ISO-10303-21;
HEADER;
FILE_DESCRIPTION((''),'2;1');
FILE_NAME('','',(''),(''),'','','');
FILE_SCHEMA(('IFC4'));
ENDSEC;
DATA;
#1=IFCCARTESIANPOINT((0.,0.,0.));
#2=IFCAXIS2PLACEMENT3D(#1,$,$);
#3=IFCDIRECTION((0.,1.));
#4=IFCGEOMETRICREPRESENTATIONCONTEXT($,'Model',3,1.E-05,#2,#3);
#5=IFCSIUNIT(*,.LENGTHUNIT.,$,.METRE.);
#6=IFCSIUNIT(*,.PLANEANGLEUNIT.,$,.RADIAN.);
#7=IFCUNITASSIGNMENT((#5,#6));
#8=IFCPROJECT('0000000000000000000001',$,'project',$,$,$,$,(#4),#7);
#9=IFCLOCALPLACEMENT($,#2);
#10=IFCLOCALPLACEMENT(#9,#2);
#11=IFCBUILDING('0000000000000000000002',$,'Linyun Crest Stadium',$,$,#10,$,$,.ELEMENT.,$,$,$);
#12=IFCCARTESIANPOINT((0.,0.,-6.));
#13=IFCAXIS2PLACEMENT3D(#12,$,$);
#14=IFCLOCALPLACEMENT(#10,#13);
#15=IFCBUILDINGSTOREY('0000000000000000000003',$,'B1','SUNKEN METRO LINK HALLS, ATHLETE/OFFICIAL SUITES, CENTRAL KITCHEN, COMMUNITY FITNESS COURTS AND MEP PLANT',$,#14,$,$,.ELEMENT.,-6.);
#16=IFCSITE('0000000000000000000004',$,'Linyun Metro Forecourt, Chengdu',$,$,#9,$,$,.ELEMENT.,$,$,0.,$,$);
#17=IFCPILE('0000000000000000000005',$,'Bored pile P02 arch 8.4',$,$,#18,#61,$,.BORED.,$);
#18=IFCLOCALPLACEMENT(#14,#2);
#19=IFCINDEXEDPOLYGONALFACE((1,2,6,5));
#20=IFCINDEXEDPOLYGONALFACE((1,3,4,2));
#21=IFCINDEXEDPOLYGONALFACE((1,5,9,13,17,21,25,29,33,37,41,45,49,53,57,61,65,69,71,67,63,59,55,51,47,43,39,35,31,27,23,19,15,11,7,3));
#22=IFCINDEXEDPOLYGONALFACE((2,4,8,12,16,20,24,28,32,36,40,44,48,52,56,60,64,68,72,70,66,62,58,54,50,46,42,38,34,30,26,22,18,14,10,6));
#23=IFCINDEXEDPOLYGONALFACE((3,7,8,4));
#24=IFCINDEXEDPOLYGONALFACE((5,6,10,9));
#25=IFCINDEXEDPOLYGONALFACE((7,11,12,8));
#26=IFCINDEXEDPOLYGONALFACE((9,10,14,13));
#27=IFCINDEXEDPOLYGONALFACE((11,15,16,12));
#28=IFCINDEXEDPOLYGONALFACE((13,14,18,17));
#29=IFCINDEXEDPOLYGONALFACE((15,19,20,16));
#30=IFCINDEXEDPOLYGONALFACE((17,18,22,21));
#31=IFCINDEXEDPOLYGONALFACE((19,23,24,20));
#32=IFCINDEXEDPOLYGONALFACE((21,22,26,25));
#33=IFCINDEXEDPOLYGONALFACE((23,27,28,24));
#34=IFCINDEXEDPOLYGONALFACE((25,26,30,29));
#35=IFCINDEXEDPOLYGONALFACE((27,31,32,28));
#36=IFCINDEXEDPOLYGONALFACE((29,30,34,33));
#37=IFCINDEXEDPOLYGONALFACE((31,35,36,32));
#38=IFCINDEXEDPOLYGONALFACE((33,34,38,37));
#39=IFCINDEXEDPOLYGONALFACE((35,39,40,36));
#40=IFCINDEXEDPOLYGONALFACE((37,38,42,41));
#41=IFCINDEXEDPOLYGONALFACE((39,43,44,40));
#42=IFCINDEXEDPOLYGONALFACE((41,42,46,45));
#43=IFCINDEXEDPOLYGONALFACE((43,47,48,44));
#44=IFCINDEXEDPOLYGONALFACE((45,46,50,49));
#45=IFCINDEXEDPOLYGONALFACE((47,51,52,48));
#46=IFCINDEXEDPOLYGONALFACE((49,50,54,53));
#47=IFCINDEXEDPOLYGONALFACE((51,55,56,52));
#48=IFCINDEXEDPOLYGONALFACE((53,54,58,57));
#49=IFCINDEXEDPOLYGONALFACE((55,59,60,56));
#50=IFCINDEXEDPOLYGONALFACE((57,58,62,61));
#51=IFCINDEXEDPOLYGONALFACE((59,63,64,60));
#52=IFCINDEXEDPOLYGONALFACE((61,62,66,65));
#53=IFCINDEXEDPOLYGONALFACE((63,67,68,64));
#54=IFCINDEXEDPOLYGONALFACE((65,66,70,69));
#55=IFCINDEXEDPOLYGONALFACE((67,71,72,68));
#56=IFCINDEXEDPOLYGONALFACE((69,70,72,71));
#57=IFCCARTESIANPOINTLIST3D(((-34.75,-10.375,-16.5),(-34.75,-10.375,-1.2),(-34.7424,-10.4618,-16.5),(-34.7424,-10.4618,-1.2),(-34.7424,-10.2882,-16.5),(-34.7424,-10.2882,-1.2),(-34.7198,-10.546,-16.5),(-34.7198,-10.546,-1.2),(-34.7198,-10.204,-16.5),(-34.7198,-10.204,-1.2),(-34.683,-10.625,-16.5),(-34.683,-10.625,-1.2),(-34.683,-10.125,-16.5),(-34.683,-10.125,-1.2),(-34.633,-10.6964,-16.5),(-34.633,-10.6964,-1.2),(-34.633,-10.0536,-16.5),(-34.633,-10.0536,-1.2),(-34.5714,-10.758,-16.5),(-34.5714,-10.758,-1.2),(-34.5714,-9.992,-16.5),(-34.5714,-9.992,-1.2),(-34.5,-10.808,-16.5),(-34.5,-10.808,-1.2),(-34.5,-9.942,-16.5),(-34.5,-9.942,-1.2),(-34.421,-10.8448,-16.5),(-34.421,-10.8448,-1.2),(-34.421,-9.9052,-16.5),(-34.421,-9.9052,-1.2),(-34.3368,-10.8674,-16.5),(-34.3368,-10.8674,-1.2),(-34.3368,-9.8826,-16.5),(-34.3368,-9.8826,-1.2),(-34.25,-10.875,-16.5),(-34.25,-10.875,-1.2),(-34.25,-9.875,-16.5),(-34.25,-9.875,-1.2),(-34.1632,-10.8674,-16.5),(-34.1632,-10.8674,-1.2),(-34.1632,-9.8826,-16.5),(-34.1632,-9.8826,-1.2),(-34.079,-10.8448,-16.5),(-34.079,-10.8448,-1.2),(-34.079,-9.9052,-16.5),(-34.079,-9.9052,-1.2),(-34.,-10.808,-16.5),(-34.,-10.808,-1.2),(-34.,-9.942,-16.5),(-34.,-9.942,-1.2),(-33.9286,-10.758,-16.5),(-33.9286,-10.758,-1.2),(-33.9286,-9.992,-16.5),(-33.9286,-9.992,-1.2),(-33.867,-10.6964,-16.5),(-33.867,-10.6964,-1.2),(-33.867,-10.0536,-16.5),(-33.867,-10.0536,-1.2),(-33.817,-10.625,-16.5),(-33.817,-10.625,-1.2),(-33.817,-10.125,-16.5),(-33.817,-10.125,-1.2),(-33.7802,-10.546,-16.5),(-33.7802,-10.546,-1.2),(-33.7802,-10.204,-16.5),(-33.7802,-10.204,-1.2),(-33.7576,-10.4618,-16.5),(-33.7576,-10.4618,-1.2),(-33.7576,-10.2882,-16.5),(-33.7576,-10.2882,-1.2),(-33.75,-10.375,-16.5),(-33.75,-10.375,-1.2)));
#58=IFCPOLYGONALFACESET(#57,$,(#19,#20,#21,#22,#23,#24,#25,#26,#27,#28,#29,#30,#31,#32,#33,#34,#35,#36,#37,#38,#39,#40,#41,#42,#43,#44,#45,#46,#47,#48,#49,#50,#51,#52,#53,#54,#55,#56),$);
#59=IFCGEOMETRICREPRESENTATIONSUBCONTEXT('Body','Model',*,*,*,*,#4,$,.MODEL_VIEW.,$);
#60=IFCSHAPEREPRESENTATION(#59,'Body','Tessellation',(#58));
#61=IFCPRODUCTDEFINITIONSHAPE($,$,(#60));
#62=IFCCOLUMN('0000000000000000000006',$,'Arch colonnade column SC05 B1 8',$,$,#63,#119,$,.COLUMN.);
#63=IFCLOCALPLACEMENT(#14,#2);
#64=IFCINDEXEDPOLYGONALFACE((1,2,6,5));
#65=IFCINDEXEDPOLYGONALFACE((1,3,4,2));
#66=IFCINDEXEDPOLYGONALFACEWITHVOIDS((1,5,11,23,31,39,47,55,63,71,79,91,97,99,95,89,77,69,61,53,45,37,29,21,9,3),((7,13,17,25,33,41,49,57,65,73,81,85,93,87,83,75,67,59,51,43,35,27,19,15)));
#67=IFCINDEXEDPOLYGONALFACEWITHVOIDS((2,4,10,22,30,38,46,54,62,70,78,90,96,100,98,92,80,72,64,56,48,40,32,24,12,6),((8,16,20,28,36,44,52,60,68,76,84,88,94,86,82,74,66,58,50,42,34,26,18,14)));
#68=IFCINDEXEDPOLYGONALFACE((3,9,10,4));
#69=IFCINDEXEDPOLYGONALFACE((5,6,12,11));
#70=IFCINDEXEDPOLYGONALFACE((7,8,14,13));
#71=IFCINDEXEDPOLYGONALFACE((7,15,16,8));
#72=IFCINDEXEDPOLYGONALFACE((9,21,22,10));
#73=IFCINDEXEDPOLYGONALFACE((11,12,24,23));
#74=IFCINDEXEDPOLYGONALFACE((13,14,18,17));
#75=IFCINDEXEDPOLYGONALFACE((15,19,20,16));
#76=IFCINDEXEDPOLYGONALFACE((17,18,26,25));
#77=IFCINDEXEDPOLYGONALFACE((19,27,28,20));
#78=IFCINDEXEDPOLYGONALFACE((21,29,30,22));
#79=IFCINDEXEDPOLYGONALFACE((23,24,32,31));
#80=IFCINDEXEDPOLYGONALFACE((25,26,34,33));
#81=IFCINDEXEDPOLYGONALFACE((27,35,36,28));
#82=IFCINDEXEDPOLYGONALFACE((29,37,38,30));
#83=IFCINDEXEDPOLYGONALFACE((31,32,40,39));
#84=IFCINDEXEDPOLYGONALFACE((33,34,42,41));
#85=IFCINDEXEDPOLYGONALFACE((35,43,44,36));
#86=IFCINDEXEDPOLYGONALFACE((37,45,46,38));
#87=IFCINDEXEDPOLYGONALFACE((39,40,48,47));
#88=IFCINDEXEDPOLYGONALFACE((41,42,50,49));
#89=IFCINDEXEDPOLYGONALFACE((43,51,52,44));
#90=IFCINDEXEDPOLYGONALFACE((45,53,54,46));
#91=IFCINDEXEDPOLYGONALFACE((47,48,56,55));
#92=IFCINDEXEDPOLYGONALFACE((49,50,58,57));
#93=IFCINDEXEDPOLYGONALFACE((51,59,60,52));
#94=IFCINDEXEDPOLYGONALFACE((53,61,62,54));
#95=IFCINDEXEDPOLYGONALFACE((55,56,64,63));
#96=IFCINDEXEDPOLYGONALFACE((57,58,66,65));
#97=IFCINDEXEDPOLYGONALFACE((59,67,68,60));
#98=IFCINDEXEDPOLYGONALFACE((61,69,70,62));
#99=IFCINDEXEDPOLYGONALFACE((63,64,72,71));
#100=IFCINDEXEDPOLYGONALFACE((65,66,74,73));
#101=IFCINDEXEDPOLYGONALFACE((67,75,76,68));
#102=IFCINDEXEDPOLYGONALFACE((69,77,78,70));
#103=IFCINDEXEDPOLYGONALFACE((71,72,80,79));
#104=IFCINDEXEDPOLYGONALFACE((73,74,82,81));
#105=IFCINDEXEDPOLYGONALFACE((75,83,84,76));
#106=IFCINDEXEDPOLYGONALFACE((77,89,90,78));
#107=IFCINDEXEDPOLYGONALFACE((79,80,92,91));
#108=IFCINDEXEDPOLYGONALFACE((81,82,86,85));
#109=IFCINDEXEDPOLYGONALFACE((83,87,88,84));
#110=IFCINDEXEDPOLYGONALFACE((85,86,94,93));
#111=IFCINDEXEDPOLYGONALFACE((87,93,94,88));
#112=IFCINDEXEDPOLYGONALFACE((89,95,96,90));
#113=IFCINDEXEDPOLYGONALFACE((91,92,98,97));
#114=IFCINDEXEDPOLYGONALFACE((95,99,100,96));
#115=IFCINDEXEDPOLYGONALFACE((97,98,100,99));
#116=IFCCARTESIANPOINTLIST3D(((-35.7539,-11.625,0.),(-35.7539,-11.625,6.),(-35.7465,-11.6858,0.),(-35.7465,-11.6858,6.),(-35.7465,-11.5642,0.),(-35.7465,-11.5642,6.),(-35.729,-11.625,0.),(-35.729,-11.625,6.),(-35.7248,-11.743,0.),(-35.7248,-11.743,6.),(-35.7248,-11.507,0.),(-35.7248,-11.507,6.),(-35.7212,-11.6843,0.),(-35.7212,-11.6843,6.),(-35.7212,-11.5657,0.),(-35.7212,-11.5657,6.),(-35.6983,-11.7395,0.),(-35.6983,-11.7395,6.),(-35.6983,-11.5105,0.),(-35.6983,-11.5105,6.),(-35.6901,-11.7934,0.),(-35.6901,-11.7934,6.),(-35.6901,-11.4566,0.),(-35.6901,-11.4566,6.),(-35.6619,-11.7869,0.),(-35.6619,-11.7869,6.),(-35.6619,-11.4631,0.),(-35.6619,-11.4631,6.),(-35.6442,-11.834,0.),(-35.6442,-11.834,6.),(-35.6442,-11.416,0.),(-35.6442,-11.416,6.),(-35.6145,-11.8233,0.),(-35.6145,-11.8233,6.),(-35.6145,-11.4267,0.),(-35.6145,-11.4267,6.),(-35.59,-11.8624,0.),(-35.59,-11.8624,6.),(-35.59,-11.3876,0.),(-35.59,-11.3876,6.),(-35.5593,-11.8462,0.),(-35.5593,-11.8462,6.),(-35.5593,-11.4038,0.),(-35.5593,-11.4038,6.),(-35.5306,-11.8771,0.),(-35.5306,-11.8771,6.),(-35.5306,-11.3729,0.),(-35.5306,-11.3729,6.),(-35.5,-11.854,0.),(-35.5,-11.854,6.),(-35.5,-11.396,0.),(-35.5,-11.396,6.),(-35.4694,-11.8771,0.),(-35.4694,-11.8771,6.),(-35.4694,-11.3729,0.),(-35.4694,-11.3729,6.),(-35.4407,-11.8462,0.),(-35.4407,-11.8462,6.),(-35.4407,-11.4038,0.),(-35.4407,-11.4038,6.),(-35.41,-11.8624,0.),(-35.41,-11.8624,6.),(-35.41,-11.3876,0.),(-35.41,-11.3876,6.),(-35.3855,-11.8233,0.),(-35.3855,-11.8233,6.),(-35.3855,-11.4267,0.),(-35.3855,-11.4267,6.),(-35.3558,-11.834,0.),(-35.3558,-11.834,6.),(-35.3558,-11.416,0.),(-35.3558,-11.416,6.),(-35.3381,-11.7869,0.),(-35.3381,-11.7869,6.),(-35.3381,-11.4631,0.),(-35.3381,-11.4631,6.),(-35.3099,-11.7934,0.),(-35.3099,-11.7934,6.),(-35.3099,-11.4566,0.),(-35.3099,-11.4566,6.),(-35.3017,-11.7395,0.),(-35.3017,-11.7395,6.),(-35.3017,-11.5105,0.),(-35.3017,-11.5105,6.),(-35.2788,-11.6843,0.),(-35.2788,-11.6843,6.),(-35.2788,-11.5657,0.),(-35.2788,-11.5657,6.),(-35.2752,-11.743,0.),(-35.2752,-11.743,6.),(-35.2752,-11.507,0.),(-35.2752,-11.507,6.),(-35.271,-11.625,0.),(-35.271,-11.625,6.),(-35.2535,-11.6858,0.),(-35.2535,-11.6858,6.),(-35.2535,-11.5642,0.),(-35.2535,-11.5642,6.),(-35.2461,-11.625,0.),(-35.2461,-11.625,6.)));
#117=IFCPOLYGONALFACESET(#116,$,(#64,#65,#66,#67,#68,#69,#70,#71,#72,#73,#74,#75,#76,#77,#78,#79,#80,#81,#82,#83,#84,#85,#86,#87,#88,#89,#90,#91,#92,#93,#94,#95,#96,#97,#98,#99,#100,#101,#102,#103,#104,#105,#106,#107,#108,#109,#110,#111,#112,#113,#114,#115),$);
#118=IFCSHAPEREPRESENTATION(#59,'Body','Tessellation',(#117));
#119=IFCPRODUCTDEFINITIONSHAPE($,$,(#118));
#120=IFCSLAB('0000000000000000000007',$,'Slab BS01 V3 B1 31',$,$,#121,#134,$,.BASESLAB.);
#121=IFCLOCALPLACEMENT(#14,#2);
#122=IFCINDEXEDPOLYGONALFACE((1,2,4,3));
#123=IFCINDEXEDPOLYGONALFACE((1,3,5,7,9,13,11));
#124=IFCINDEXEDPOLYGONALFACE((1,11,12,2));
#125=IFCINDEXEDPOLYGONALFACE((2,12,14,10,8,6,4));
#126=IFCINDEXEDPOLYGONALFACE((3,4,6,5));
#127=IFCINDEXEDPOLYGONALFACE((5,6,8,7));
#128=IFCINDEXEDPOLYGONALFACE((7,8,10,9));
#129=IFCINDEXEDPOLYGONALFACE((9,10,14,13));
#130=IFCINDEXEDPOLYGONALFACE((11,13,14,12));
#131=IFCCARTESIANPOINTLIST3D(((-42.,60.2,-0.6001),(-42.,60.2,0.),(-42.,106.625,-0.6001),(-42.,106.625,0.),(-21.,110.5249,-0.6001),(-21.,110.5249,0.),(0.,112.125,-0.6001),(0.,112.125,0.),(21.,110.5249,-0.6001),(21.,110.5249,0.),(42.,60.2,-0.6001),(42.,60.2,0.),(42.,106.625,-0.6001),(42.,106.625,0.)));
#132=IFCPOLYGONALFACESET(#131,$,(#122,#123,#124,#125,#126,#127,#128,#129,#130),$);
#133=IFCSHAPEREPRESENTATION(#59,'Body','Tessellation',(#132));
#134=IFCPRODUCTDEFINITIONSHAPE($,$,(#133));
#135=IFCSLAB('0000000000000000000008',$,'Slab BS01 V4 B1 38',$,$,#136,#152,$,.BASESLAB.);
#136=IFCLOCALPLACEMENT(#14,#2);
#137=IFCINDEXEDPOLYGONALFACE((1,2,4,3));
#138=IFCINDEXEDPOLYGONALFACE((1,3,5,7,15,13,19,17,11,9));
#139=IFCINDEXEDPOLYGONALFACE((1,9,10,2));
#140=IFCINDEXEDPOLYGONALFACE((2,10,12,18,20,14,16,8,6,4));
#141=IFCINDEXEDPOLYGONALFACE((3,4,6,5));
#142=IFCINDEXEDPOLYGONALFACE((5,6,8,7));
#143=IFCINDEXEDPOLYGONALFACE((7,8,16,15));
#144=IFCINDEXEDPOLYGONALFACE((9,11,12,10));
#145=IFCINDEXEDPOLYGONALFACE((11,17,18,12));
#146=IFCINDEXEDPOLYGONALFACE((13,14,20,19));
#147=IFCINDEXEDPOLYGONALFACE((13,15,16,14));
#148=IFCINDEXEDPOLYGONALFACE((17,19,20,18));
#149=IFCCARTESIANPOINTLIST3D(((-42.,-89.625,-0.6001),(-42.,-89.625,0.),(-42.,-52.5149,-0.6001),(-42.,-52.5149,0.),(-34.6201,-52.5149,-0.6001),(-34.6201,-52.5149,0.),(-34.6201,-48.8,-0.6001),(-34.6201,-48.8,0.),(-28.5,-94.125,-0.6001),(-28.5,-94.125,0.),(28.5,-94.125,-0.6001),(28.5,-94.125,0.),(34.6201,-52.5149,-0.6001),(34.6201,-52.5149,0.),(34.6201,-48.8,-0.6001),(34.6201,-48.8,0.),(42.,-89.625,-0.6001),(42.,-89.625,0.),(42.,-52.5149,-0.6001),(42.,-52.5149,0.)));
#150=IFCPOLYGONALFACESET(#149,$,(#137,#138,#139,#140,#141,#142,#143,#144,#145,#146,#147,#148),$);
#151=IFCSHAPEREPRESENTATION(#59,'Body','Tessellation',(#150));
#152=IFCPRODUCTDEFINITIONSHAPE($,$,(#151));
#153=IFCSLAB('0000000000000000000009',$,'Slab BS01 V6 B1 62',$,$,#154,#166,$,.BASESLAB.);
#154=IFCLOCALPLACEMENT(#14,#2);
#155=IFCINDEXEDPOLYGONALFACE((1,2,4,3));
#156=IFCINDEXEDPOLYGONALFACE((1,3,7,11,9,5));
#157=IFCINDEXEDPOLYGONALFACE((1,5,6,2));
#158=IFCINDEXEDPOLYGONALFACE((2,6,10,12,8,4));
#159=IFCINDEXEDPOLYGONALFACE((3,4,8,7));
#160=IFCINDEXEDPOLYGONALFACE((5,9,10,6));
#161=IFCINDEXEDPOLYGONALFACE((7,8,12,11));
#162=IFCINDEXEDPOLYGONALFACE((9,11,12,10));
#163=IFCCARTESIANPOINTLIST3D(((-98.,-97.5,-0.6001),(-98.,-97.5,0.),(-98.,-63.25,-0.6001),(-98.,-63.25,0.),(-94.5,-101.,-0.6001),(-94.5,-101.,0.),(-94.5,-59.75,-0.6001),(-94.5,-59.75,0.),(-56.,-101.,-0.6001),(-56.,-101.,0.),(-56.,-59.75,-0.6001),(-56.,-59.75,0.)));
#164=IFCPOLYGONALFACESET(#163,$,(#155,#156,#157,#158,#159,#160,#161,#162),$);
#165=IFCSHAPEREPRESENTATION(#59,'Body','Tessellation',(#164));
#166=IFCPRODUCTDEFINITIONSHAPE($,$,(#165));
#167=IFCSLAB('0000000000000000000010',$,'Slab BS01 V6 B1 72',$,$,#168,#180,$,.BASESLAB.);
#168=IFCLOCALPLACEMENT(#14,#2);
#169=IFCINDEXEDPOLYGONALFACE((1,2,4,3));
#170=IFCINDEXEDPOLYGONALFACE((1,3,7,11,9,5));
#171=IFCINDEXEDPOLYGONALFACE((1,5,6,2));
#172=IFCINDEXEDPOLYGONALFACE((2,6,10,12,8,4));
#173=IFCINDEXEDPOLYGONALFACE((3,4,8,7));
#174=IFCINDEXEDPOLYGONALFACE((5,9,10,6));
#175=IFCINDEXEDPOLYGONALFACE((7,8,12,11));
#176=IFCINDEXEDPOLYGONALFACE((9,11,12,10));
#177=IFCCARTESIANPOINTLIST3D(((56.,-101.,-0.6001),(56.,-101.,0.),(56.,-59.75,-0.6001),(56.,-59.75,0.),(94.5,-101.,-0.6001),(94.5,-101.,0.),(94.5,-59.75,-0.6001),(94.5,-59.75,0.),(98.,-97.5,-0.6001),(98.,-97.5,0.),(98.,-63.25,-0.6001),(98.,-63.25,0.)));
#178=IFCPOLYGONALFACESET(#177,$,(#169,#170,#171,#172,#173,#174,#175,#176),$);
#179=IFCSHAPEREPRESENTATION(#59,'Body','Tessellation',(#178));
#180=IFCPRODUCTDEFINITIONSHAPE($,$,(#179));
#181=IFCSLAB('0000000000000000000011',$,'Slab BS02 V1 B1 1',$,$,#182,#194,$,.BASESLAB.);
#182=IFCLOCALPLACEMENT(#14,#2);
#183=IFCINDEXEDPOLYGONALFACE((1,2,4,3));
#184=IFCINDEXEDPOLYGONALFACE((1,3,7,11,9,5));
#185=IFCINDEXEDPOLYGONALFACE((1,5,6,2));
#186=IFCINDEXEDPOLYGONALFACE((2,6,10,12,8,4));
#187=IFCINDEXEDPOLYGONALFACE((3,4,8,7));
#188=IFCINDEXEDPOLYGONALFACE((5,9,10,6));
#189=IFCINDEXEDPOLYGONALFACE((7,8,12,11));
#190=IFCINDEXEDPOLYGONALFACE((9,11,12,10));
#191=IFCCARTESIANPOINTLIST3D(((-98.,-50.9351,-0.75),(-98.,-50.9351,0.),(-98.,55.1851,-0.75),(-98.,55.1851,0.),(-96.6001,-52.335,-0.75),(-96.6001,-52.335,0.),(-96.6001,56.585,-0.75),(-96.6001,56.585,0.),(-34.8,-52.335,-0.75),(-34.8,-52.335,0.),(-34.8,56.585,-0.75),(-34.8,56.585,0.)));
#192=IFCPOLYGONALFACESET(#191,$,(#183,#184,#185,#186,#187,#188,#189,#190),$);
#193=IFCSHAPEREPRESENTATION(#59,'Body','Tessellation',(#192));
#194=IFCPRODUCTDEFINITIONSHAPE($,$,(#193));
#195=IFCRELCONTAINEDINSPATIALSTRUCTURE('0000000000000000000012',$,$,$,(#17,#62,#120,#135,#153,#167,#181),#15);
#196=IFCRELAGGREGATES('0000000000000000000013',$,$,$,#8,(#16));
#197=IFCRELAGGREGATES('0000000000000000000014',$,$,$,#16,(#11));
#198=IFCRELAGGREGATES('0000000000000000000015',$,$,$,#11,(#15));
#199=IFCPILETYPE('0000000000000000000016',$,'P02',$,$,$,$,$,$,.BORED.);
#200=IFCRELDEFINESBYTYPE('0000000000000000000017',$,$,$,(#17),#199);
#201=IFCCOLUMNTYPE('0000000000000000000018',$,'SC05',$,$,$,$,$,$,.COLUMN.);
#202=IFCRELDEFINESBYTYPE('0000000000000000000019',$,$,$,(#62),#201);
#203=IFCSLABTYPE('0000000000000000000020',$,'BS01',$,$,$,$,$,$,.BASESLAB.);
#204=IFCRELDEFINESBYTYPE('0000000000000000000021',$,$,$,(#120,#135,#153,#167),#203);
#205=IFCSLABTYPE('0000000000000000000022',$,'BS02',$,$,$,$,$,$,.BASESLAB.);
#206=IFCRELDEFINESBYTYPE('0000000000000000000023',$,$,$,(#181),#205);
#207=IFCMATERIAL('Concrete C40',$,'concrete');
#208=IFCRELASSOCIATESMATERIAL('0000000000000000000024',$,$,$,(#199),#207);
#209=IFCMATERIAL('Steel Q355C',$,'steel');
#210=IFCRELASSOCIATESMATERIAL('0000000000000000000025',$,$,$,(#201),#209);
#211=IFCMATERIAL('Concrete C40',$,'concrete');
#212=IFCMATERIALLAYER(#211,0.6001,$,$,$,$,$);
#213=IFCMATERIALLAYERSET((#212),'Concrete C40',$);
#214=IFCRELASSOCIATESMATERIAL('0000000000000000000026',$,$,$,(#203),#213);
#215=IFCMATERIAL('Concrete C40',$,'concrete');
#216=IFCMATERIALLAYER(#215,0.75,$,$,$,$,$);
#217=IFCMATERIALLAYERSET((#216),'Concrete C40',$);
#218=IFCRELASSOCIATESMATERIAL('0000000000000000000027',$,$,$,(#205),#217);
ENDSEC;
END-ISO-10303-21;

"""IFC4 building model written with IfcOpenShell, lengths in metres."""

from ifc_helpers import new_model, si_unit, direction, frame, origin, origin_2d, place, context, subcontext, project, spatial, polyline, circle, hollow_circle, outline, extrude, material, layer, layer_set, material_profile, profile_set, type_object, element, save


model = new_model("IFC4")

# Units and contexts
model_context = context("Model", 3, precision=1e-05, world=origin(), true_north=direction((0.0, 1.0)))
body_context = subcontext(model_context, "Body", "Model", "MODEL_VIEW")
ifc_project = project(units=[si_unit("LENGTHUNIT", "METRE"), si_unit("PLANEANGLEUNIT", "RADIAN")], contexts=[model_context])

# Site, building, storey
site_placement = place(None, origin())
site = spatial("IfcSite", under=ifc_project, at=site_placement, Name="Linyun Metro Forecourt, Chengdu", CompositionType="ELEMENT", RefElevation=0.0)
building_placement = place(site_placement, origin())
building = spatial("IfcBuilding", under=site, at=building_placement, Name="Linyun Crest Stadium", CompositionType="ELEMENT")
storey_placement = place(building_placement, frame((0.0, 0.0, -6.0)))
storey = spatial("IfcBuildingStorey", under=building, at=storey_placement, Name="B1", Description="SUNKEN METRO LINK HALLS, ATHLETE/OFFICIAL SUITES, CENTRAL KITCHEN, COMMUNITY FITNESS COURTS AND MEP PLANT", CompositionType="ELEMENT", Elevation=-6.0)

# Pile
ifc_material_1 = material(Name="Concrete C40", Category="concrete")
ifc_material_profile_1 = material_profile(ifc_material_1, circle(Radius=0.5, at=origin_2d()), Name="BORED PILE 1000")
ifc_profile_set_1 = profile_set([ifc_material_profile_1], Name="Concrete C40")
pile_type = type_object("IfcPileType", Name="P02", PredefinedType="BORED", material=ifc_profile_set_1)
pile_placement = place(storey_placement, frame((-34.25, -10.375, -1.2), z_axis=(0.0, 0.0, -1.0), x_axis=(1.0, 0.0, 0.0)))
element("IfcPile", 1, at=pile_placement, inside=storey, type_object=pile_type, Name="Bored pile P02 arch 8.4", PredefinedType="BORED", context=body_context, shape_type="SweptSolid", body=[
    extrude(circle(Radius=0.5, at=origin_2d()), origin(), (0.0, 0.0, 1.0), 15.3),
])

# Column
ifc_material_2 = material(Name="Steel Q355C", Category="steel")
ifc_material_profile_2 = material_profile(ifc_material_2, hollow_circle(Radius=0.2539, WallThickness=0.0249, at=origin_2d()), Name="CHS 508x25")
ifc_profile_set_2 = profile_set([ifc_material_profile_2], Name="Steel Q355C")
column_type = type_object("IfcColumnType", Name="SC05", PredefinedType="COLUMN", material=ifc_profile_set_2)
column_placement = place(storey_placement, frame((-35.5, -11.625, 0.0), z_axis=(0.0, 0.0, 1.0), x_axis=(1.0, 0.0, 0.0)))
element("IfcColumn", 2, at=column_placement, inside=storey, type_object=column_type, Name="Arch colonnade column SC05 B1 8", PredefinedType="COLUMN", context=body_context, shape_type="SweptSolid", body=[
    extrude(hollow_circle(Radius=0.2539, WallThickness=0.0249, at=origin_2d()), origin(), (0.0, 0.0, 1.0), 6.0),
])

# Slabs
ifc_material_3 = material(Name="Concrete C40", Category="concrete")
ifc_layer_1 = layer(ifc_material_3, 0.6001)
ifc_layer_set_1 = layer_set([ifc_layer_1], Name="Concrete C40")
slab_type_1 = type_object("IfcSlabType", Name="BS01", PredefinedType="BASESLAB", material=ifc_layer_set_1)
slab_1_placement = place(storey_placement, frame((0.0, 0.0, -0.6001)))
element("IfcSlab", 3, at=slab_1_placement, inside=storey, type_object=slab_type_1, Name="Slab BS01 V3 B1 31", PredefinedType="BASESLAB", context=body_context, shape_type="SweptSolid", body=[
    extrude(outline(polyline([(-42.0, 60.2), (42.0, 60.2), (42.0, 106.625), (21.0, 110.5249), (0.0, 112.125), (-21.0, 110.5249), (-42.0, 106.625), (-42.0, 60.2)])), origin(), (0.0, 0.0, 1.0), 0.6001),
])
slab_2_placement = place(storey_placement, frame((0.0, 0.0, -0.6001)))
element("IfcSlab", 4, at=slab_2_placement, inside=storey, type_object=slab_type_1, Name="Slab BS01 V4 B1 38", PredefinedType="BASESLAB", context=body_context, shape_type="SweptSolid", body=[
    extrude(outline(polyline([(-42.0, -89.625), (-28.5, -94.125), (28.5, -94.125), (42.0, -89.625), (42.0, -52.5149), (34.6201, -52.5149), (34.6201, -48.8), (-34.6201, -48.8), (-34.6201, -52.5149), (-42.0, -52.5149), (-42.0, -89.625)])), origin(), (0.0, 0.0, 1.0), 0.6001),
])
slab_3_placement = place(storey_placement, frame((0.0, 0.0, -0.6001)))
element("IfcSlab", 5, at=slab_3_placement, inside=storey, type_object=slab_type_1, Name="Slab BS01 V6 B1 62", PredefinedType="BASESLAB", context=body_context, shape_type="SweptSolid", body=[
    extrude(outline(polyline([(-94.5, -101.0), (-56.0, -101.0), (-56.0, -59.75), (-94.5, -59.75), (-98.0, -63.25), (-98.0, -97.5), (-94.5, -101.0)])), origin(), (0.0, 0.0, 1.0), 0.6001),
])
slab_4_placement = place(storey_placement, frame((0.0, 0.0, -0.6001)))
element("IfcSlab", 6, at=slab_4_placement, inside=storey, type_object=slab_type_1, Name="Slab BS01 V6 B1 72", PredefinedType="BASESLAB", context=body_context, shape_type="SweptSolid", body=[
    extrude(outline(polyline([(56.0, -101.0), (94.5, -101.0), (98.0, -97.5), (98.0, -63.25), (94.5, -59.75), (56.0, -59.75), (56.0, -101.0)])), origin(), (0.0, 0.0, 1.0), 0.6001),
])
ifc_material_4 = material(Name="Concrete C40", Category="concrete")
ifc_layer_2 = layer(ifc_material_4, 0.75)
ifc_layer_set_2 = layer_set([ifc_layer_2], Name="Concrete C40")
slab_type_2 = type_object("IfcSlabType", Name="BS02", PredefinedType="BASESLAB", material=ifc_layer_set_2)
slab_5_placement = place(storey_placement, frame((0.0, 0.0, -0.75)))
element("IfcSlab", 7, at=slab_5_placement, inside=storey, type_object=slab_type_2, Name="Slab BS02 V1 B1 1", PredefinedType="BASESLAB", context=body_context, shape_type="SweptSolid", body=[
    extrude(outline(polyline([(-96.6001, -52.335), (-34.8, -52.335), (-34.8, 56.585), (-96.6001, 56.585), (-98.0, 55.1851), (-98.0, -50.9351), (-96.6001, -52.335)])), origin(), (0.0, 0.0, 1.0), 0.75),
])

save(model, "model.ifc")
